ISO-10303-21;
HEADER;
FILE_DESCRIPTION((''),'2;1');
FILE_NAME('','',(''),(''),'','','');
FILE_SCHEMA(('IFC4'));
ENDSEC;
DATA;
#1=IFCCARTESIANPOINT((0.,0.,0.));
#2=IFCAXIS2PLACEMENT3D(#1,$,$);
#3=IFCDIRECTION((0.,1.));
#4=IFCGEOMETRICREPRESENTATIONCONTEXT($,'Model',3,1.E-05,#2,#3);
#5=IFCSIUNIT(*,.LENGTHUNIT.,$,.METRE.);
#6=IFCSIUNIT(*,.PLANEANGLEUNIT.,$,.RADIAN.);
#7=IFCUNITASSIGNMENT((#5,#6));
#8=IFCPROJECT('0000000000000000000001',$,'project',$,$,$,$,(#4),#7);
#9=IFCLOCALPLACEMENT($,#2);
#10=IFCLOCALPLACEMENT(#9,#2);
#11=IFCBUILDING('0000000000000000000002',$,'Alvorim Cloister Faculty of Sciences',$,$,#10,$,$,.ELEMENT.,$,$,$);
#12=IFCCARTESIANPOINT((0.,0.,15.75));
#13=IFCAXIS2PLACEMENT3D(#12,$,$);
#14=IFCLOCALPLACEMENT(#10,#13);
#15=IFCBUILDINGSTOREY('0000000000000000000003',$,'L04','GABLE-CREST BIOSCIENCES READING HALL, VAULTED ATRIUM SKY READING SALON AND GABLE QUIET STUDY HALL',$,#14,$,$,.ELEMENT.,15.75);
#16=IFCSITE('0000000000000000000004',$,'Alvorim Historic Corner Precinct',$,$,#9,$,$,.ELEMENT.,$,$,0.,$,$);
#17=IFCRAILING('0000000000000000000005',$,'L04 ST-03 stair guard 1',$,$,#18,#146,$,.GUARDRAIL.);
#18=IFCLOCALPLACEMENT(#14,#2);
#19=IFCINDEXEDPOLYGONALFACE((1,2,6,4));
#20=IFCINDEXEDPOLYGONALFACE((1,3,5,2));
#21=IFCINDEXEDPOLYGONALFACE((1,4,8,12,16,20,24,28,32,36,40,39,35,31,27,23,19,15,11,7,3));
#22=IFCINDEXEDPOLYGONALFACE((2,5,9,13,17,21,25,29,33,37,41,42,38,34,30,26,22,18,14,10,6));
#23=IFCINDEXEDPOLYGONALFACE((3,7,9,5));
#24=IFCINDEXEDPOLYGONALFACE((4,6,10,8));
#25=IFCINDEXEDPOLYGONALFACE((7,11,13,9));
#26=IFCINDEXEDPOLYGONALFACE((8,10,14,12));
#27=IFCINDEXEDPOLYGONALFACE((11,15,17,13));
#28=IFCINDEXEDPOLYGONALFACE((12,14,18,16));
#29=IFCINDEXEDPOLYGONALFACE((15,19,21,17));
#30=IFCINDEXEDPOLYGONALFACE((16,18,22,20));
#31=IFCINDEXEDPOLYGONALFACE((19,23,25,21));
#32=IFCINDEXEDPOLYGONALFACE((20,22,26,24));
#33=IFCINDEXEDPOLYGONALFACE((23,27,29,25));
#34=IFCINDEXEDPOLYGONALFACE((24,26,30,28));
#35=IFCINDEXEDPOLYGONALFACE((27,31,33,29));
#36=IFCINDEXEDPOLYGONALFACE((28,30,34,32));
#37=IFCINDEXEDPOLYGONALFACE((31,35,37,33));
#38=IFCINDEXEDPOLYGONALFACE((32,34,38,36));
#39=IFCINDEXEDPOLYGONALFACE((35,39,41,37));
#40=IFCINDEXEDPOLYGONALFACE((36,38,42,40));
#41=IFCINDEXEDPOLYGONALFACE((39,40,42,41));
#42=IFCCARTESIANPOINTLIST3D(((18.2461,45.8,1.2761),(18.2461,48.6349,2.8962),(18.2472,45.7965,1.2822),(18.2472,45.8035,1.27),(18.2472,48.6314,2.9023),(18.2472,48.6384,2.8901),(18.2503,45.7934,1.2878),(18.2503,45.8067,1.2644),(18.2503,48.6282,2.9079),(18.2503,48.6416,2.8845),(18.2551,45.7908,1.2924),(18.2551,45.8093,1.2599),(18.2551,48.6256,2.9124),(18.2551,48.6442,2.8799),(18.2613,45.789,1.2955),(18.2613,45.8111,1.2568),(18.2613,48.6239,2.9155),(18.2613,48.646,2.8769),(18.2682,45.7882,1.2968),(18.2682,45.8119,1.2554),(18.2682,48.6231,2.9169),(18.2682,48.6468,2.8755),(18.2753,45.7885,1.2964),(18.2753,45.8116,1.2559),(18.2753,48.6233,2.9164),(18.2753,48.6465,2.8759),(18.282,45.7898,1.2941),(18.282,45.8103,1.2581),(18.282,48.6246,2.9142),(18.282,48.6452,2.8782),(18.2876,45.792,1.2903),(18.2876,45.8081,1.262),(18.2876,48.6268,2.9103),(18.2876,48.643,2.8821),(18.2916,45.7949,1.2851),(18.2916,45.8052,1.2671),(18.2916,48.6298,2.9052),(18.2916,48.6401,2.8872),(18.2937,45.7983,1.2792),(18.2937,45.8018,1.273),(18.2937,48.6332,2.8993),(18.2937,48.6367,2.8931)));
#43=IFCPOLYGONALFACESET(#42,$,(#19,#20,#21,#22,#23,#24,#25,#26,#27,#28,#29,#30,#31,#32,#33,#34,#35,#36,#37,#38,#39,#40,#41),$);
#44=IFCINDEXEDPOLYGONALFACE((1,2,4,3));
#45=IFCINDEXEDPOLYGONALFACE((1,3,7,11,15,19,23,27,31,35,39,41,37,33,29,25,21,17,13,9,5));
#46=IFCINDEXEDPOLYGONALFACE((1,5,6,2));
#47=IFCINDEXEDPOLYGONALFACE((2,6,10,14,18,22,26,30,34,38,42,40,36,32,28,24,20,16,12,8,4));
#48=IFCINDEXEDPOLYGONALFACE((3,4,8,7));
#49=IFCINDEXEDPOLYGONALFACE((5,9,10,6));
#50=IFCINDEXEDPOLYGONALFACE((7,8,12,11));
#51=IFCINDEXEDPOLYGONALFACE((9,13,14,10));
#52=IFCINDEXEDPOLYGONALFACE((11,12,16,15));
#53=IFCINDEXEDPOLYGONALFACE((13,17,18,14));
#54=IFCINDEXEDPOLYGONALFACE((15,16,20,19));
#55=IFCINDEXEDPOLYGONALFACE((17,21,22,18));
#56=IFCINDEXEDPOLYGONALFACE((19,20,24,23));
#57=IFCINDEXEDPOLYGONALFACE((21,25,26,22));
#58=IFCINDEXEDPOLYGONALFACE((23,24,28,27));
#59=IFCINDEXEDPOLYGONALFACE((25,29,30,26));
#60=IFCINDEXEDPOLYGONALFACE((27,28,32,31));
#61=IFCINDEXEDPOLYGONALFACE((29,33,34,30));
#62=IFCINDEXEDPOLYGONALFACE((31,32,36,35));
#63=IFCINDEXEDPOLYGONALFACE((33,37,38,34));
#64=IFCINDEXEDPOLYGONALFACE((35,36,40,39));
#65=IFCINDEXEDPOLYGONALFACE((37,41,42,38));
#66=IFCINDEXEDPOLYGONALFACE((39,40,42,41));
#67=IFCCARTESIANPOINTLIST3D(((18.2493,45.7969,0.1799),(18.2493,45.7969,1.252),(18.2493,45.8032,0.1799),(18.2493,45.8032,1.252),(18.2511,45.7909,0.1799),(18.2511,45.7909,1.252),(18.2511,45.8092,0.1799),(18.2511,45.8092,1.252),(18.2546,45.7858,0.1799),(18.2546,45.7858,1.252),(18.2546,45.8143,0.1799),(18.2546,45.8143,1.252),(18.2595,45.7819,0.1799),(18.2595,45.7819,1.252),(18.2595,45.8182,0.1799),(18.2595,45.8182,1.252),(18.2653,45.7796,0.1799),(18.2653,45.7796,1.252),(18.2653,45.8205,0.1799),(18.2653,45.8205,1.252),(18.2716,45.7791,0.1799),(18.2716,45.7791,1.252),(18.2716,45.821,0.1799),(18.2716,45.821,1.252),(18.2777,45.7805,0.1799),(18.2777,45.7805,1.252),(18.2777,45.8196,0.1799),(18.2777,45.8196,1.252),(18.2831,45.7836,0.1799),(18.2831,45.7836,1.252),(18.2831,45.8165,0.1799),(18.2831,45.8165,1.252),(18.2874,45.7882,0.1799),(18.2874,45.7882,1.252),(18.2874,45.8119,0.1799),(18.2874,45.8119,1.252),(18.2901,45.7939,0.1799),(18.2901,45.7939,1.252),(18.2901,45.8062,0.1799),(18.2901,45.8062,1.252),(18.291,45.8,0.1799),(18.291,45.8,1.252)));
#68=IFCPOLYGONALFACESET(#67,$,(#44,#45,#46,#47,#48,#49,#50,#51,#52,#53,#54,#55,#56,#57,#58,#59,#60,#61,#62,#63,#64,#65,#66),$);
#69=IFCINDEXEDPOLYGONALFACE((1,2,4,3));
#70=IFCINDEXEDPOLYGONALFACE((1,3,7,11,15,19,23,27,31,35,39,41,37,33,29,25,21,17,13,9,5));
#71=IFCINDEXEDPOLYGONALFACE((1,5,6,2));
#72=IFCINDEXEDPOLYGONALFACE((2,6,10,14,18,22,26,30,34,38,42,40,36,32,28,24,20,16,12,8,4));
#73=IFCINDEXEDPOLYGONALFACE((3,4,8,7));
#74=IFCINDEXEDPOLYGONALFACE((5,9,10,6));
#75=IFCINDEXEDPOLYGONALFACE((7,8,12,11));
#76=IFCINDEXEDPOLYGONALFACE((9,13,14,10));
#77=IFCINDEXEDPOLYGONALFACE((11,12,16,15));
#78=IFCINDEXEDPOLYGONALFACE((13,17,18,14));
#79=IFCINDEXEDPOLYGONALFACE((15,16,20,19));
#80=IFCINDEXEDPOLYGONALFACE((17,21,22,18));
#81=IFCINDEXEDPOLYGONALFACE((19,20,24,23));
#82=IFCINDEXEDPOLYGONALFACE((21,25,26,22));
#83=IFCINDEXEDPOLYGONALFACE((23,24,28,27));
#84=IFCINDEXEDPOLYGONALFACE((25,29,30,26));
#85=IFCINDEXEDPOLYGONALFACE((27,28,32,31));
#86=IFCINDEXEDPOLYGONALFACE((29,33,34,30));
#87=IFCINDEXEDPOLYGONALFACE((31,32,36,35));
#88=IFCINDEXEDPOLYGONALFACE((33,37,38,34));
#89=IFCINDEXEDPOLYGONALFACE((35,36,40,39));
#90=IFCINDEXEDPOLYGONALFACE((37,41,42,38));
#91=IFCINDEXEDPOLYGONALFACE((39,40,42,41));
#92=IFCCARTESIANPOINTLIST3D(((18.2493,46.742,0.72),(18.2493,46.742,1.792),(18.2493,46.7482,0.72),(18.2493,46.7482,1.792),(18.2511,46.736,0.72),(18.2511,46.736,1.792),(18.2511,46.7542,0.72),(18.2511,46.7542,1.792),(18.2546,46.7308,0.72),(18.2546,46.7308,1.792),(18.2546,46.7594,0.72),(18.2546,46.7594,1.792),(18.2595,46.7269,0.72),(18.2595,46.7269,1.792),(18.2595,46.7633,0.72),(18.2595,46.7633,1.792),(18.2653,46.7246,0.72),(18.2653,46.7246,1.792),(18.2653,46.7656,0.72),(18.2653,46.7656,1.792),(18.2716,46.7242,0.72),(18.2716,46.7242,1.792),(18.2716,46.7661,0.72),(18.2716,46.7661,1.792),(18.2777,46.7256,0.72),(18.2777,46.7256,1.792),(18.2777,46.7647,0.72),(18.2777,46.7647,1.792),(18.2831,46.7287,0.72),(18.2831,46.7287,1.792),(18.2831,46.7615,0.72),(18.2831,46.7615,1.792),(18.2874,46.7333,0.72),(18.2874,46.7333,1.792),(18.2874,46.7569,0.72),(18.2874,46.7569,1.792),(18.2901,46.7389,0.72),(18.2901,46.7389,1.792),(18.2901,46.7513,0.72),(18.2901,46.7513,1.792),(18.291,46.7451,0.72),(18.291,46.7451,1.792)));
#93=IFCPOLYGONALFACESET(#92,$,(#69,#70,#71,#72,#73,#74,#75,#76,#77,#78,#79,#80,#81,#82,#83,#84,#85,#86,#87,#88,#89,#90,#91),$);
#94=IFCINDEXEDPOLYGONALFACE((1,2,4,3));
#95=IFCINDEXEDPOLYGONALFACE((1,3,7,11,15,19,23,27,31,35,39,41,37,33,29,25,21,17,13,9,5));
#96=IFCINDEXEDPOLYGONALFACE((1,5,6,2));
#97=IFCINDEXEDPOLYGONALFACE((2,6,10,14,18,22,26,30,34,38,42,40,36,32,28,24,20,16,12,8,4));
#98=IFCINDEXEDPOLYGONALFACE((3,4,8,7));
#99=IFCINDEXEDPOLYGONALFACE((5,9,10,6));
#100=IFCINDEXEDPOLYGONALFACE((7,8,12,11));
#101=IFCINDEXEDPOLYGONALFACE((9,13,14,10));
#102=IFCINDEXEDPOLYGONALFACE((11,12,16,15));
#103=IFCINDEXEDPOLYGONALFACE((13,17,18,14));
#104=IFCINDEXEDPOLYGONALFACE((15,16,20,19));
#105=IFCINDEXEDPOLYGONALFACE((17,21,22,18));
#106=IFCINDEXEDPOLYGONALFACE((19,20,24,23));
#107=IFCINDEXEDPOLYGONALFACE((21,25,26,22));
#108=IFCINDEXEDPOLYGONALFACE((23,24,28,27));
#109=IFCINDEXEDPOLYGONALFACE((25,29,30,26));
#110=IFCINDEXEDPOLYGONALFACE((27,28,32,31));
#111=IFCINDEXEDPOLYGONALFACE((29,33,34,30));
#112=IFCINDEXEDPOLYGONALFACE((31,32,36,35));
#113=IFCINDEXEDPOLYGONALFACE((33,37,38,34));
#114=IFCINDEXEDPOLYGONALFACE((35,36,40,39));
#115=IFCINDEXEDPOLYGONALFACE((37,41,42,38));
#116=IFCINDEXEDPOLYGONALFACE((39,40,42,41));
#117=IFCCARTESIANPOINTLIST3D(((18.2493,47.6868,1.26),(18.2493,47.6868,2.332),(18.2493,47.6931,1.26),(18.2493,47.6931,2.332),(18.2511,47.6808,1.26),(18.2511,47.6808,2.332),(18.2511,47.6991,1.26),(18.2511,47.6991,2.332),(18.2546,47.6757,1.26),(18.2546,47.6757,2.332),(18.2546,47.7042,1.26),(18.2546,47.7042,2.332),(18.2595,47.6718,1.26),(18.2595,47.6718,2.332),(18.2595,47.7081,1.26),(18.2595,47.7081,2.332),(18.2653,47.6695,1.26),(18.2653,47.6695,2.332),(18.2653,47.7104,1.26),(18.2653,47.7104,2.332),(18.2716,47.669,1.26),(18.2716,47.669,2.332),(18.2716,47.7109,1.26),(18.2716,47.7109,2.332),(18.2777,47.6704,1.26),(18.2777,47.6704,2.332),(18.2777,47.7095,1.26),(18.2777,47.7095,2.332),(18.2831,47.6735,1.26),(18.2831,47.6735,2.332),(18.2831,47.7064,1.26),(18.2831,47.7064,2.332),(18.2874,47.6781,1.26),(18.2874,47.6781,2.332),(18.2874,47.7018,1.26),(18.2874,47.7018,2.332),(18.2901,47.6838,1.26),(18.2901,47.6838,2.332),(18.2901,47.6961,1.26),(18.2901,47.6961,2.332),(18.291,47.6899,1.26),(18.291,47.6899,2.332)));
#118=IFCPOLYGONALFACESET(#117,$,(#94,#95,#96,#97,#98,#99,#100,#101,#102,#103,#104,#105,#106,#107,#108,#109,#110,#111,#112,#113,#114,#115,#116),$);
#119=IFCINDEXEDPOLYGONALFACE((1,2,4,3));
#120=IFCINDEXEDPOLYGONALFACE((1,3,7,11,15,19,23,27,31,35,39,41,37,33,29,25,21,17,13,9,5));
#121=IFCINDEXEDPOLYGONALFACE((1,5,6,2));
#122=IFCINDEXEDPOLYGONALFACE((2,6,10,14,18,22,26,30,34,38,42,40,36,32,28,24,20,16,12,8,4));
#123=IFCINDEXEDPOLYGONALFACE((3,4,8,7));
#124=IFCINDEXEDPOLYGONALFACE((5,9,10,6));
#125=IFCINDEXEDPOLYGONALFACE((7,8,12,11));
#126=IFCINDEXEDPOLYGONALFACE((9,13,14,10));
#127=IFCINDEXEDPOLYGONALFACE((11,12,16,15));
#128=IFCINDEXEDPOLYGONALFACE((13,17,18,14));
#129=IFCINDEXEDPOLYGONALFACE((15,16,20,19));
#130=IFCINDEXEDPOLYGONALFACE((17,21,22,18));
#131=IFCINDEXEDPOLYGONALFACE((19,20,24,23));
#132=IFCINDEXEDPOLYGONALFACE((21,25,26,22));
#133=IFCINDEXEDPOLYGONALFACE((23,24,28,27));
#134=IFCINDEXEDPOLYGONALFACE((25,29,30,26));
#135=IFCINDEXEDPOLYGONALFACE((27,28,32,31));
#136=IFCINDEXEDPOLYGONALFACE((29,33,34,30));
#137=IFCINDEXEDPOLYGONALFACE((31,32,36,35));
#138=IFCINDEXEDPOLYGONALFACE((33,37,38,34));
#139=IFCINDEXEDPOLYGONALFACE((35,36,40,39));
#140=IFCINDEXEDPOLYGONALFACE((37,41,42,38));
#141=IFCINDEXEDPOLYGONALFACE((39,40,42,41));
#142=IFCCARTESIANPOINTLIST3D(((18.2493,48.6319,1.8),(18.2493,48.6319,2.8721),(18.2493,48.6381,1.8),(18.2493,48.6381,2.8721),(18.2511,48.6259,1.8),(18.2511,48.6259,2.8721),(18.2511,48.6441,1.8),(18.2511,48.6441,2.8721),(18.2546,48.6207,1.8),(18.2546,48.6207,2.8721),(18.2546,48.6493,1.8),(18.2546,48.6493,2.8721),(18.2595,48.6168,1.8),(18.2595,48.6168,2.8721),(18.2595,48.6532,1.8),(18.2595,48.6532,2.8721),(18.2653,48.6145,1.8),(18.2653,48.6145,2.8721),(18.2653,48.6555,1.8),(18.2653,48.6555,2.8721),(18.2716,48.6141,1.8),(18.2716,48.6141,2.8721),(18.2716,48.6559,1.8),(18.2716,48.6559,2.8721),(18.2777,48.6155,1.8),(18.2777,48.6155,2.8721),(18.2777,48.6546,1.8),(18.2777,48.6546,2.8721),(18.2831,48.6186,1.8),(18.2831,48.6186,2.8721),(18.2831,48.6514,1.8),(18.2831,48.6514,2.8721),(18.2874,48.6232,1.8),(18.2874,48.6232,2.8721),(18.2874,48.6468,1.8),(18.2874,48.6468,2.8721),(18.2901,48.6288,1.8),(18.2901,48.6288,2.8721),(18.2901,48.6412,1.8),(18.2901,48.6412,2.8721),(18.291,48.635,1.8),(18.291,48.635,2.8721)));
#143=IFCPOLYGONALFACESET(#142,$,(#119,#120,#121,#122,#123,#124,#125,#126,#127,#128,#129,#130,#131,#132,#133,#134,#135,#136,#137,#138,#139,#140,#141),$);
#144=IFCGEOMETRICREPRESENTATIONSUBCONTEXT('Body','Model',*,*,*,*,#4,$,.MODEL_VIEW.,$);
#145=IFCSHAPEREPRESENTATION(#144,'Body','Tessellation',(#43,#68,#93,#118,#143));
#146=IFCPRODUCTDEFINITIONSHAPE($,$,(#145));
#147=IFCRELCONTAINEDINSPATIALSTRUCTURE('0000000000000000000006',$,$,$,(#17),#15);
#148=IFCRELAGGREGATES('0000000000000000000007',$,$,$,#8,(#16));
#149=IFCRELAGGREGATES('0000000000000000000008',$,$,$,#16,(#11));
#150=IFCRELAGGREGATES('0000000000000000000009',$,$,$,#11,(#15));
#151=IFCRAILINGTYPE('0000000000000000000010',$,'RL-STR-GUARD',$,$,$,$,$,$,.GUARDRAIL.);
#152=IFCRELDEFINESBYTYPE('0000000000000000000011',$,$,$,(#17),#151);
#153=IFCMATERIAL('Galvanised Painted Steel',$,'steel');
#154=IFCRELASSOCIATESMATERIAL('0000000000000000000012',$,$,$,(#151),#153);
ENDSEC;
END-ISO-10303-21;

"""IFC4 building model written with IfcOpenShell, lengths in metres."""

from ifc_helpers import new_model, si_unit, direction, frame, origin, origin_2d, place, context, subcontext, project, spatial, circle, extrude, material, type_object, element, save


model = new_model("IFC4")

# Units and contexts
model_context = context("Model", 3, precision=1e-05, world=origin(), true_north=direction((0.0, 1.0)))
body_context = subcontext(model_context, "Body", "Model", "MODEL_VIEW")
ifc_project = project(units=[si_unit("LENGTHUNIT", "METRE"), si_unit("PLANEANGLEUNIT", "RADIAN")], contexts=[model_context])

# Site, building, storey
site_placement = place(None, origin())
site = spatial("IfcSite", under=ifc_project, at=site_placement, Name="Alvorim Historic Corner Precinct", CompositionType="ELEMENT", RefElevation=0.0)
building_placement = place(site_placement, origin())
building = spatial("IfcBuilding", under=site, at=building_placement, Name="Alvorim Cloister Faculty of Sciences", CompositionType="ELEMENT")
storey_placement = place(building_placement, frame((0.0, 0.0, 15.75)))
storey = spatial("IfcBuildingStorey", under=building, at=storey_placement, Name="L04", Description="GABLE-CREST BIOSCIENCES READING HALL, VAULTED ATRIUM SKY READING SALON AND GABLE QUIET STUDY HALL", CompositionType="ELEMENT", Elevation=15.75)

# Railing
ifc_material_1 = material(Name="Galvanised Painted Steel", Category="steel")
railing_type_1 = type_object("IfcRailingType", Name="RL-STR-GUARD", PredefinedType="GUARDRAIL", material=ifc_material_1)
railing_1_placement = place(storey_placement, frame((18.27, 45.8, 0.1799)))
element("IfcRailing", 1, at=railing_1_placement, inside=storey, type_object=railing_type_1, Name="L04 ST-03 stair guard 1", PredefinedType="GUARDRAIL", context=body_context, shape_type="SweptSolid", body=[
    extrude(circle(Radius=0.0239, at=origin_2d()), frame((0.0, 0.0, 1.0962), z_axis=(0.0, 0.868225, 0.496171), x_axis=(-1.0, 0.0, 0.0)), (0.0, 0.0, 1.0), 3.2651),
    extrude(circle(Radius=0.021, at=origin_2d()), origin(), (0.0, 0.0, 1.0), 1.072),
    extrude(circle(Radius=0.021, at=origin_2d()), frame((0.0, 0.9451, 0.54)), (0.0, 0.0, 1.0), 1.072),
    extrude(circle(Radius=0.021, at=origin_2d()), frame((0.0, 1.8899, 1.0801)), (0.0, 0.0, 1.0), 1.072),
    extrude(circle(Radius=0.021, at=origin_2d()), frame((0.0, 2.835, 1.6201)), (0.0, 0.0, 1.0), 1.072),
])

save(model, "model.ifc")
